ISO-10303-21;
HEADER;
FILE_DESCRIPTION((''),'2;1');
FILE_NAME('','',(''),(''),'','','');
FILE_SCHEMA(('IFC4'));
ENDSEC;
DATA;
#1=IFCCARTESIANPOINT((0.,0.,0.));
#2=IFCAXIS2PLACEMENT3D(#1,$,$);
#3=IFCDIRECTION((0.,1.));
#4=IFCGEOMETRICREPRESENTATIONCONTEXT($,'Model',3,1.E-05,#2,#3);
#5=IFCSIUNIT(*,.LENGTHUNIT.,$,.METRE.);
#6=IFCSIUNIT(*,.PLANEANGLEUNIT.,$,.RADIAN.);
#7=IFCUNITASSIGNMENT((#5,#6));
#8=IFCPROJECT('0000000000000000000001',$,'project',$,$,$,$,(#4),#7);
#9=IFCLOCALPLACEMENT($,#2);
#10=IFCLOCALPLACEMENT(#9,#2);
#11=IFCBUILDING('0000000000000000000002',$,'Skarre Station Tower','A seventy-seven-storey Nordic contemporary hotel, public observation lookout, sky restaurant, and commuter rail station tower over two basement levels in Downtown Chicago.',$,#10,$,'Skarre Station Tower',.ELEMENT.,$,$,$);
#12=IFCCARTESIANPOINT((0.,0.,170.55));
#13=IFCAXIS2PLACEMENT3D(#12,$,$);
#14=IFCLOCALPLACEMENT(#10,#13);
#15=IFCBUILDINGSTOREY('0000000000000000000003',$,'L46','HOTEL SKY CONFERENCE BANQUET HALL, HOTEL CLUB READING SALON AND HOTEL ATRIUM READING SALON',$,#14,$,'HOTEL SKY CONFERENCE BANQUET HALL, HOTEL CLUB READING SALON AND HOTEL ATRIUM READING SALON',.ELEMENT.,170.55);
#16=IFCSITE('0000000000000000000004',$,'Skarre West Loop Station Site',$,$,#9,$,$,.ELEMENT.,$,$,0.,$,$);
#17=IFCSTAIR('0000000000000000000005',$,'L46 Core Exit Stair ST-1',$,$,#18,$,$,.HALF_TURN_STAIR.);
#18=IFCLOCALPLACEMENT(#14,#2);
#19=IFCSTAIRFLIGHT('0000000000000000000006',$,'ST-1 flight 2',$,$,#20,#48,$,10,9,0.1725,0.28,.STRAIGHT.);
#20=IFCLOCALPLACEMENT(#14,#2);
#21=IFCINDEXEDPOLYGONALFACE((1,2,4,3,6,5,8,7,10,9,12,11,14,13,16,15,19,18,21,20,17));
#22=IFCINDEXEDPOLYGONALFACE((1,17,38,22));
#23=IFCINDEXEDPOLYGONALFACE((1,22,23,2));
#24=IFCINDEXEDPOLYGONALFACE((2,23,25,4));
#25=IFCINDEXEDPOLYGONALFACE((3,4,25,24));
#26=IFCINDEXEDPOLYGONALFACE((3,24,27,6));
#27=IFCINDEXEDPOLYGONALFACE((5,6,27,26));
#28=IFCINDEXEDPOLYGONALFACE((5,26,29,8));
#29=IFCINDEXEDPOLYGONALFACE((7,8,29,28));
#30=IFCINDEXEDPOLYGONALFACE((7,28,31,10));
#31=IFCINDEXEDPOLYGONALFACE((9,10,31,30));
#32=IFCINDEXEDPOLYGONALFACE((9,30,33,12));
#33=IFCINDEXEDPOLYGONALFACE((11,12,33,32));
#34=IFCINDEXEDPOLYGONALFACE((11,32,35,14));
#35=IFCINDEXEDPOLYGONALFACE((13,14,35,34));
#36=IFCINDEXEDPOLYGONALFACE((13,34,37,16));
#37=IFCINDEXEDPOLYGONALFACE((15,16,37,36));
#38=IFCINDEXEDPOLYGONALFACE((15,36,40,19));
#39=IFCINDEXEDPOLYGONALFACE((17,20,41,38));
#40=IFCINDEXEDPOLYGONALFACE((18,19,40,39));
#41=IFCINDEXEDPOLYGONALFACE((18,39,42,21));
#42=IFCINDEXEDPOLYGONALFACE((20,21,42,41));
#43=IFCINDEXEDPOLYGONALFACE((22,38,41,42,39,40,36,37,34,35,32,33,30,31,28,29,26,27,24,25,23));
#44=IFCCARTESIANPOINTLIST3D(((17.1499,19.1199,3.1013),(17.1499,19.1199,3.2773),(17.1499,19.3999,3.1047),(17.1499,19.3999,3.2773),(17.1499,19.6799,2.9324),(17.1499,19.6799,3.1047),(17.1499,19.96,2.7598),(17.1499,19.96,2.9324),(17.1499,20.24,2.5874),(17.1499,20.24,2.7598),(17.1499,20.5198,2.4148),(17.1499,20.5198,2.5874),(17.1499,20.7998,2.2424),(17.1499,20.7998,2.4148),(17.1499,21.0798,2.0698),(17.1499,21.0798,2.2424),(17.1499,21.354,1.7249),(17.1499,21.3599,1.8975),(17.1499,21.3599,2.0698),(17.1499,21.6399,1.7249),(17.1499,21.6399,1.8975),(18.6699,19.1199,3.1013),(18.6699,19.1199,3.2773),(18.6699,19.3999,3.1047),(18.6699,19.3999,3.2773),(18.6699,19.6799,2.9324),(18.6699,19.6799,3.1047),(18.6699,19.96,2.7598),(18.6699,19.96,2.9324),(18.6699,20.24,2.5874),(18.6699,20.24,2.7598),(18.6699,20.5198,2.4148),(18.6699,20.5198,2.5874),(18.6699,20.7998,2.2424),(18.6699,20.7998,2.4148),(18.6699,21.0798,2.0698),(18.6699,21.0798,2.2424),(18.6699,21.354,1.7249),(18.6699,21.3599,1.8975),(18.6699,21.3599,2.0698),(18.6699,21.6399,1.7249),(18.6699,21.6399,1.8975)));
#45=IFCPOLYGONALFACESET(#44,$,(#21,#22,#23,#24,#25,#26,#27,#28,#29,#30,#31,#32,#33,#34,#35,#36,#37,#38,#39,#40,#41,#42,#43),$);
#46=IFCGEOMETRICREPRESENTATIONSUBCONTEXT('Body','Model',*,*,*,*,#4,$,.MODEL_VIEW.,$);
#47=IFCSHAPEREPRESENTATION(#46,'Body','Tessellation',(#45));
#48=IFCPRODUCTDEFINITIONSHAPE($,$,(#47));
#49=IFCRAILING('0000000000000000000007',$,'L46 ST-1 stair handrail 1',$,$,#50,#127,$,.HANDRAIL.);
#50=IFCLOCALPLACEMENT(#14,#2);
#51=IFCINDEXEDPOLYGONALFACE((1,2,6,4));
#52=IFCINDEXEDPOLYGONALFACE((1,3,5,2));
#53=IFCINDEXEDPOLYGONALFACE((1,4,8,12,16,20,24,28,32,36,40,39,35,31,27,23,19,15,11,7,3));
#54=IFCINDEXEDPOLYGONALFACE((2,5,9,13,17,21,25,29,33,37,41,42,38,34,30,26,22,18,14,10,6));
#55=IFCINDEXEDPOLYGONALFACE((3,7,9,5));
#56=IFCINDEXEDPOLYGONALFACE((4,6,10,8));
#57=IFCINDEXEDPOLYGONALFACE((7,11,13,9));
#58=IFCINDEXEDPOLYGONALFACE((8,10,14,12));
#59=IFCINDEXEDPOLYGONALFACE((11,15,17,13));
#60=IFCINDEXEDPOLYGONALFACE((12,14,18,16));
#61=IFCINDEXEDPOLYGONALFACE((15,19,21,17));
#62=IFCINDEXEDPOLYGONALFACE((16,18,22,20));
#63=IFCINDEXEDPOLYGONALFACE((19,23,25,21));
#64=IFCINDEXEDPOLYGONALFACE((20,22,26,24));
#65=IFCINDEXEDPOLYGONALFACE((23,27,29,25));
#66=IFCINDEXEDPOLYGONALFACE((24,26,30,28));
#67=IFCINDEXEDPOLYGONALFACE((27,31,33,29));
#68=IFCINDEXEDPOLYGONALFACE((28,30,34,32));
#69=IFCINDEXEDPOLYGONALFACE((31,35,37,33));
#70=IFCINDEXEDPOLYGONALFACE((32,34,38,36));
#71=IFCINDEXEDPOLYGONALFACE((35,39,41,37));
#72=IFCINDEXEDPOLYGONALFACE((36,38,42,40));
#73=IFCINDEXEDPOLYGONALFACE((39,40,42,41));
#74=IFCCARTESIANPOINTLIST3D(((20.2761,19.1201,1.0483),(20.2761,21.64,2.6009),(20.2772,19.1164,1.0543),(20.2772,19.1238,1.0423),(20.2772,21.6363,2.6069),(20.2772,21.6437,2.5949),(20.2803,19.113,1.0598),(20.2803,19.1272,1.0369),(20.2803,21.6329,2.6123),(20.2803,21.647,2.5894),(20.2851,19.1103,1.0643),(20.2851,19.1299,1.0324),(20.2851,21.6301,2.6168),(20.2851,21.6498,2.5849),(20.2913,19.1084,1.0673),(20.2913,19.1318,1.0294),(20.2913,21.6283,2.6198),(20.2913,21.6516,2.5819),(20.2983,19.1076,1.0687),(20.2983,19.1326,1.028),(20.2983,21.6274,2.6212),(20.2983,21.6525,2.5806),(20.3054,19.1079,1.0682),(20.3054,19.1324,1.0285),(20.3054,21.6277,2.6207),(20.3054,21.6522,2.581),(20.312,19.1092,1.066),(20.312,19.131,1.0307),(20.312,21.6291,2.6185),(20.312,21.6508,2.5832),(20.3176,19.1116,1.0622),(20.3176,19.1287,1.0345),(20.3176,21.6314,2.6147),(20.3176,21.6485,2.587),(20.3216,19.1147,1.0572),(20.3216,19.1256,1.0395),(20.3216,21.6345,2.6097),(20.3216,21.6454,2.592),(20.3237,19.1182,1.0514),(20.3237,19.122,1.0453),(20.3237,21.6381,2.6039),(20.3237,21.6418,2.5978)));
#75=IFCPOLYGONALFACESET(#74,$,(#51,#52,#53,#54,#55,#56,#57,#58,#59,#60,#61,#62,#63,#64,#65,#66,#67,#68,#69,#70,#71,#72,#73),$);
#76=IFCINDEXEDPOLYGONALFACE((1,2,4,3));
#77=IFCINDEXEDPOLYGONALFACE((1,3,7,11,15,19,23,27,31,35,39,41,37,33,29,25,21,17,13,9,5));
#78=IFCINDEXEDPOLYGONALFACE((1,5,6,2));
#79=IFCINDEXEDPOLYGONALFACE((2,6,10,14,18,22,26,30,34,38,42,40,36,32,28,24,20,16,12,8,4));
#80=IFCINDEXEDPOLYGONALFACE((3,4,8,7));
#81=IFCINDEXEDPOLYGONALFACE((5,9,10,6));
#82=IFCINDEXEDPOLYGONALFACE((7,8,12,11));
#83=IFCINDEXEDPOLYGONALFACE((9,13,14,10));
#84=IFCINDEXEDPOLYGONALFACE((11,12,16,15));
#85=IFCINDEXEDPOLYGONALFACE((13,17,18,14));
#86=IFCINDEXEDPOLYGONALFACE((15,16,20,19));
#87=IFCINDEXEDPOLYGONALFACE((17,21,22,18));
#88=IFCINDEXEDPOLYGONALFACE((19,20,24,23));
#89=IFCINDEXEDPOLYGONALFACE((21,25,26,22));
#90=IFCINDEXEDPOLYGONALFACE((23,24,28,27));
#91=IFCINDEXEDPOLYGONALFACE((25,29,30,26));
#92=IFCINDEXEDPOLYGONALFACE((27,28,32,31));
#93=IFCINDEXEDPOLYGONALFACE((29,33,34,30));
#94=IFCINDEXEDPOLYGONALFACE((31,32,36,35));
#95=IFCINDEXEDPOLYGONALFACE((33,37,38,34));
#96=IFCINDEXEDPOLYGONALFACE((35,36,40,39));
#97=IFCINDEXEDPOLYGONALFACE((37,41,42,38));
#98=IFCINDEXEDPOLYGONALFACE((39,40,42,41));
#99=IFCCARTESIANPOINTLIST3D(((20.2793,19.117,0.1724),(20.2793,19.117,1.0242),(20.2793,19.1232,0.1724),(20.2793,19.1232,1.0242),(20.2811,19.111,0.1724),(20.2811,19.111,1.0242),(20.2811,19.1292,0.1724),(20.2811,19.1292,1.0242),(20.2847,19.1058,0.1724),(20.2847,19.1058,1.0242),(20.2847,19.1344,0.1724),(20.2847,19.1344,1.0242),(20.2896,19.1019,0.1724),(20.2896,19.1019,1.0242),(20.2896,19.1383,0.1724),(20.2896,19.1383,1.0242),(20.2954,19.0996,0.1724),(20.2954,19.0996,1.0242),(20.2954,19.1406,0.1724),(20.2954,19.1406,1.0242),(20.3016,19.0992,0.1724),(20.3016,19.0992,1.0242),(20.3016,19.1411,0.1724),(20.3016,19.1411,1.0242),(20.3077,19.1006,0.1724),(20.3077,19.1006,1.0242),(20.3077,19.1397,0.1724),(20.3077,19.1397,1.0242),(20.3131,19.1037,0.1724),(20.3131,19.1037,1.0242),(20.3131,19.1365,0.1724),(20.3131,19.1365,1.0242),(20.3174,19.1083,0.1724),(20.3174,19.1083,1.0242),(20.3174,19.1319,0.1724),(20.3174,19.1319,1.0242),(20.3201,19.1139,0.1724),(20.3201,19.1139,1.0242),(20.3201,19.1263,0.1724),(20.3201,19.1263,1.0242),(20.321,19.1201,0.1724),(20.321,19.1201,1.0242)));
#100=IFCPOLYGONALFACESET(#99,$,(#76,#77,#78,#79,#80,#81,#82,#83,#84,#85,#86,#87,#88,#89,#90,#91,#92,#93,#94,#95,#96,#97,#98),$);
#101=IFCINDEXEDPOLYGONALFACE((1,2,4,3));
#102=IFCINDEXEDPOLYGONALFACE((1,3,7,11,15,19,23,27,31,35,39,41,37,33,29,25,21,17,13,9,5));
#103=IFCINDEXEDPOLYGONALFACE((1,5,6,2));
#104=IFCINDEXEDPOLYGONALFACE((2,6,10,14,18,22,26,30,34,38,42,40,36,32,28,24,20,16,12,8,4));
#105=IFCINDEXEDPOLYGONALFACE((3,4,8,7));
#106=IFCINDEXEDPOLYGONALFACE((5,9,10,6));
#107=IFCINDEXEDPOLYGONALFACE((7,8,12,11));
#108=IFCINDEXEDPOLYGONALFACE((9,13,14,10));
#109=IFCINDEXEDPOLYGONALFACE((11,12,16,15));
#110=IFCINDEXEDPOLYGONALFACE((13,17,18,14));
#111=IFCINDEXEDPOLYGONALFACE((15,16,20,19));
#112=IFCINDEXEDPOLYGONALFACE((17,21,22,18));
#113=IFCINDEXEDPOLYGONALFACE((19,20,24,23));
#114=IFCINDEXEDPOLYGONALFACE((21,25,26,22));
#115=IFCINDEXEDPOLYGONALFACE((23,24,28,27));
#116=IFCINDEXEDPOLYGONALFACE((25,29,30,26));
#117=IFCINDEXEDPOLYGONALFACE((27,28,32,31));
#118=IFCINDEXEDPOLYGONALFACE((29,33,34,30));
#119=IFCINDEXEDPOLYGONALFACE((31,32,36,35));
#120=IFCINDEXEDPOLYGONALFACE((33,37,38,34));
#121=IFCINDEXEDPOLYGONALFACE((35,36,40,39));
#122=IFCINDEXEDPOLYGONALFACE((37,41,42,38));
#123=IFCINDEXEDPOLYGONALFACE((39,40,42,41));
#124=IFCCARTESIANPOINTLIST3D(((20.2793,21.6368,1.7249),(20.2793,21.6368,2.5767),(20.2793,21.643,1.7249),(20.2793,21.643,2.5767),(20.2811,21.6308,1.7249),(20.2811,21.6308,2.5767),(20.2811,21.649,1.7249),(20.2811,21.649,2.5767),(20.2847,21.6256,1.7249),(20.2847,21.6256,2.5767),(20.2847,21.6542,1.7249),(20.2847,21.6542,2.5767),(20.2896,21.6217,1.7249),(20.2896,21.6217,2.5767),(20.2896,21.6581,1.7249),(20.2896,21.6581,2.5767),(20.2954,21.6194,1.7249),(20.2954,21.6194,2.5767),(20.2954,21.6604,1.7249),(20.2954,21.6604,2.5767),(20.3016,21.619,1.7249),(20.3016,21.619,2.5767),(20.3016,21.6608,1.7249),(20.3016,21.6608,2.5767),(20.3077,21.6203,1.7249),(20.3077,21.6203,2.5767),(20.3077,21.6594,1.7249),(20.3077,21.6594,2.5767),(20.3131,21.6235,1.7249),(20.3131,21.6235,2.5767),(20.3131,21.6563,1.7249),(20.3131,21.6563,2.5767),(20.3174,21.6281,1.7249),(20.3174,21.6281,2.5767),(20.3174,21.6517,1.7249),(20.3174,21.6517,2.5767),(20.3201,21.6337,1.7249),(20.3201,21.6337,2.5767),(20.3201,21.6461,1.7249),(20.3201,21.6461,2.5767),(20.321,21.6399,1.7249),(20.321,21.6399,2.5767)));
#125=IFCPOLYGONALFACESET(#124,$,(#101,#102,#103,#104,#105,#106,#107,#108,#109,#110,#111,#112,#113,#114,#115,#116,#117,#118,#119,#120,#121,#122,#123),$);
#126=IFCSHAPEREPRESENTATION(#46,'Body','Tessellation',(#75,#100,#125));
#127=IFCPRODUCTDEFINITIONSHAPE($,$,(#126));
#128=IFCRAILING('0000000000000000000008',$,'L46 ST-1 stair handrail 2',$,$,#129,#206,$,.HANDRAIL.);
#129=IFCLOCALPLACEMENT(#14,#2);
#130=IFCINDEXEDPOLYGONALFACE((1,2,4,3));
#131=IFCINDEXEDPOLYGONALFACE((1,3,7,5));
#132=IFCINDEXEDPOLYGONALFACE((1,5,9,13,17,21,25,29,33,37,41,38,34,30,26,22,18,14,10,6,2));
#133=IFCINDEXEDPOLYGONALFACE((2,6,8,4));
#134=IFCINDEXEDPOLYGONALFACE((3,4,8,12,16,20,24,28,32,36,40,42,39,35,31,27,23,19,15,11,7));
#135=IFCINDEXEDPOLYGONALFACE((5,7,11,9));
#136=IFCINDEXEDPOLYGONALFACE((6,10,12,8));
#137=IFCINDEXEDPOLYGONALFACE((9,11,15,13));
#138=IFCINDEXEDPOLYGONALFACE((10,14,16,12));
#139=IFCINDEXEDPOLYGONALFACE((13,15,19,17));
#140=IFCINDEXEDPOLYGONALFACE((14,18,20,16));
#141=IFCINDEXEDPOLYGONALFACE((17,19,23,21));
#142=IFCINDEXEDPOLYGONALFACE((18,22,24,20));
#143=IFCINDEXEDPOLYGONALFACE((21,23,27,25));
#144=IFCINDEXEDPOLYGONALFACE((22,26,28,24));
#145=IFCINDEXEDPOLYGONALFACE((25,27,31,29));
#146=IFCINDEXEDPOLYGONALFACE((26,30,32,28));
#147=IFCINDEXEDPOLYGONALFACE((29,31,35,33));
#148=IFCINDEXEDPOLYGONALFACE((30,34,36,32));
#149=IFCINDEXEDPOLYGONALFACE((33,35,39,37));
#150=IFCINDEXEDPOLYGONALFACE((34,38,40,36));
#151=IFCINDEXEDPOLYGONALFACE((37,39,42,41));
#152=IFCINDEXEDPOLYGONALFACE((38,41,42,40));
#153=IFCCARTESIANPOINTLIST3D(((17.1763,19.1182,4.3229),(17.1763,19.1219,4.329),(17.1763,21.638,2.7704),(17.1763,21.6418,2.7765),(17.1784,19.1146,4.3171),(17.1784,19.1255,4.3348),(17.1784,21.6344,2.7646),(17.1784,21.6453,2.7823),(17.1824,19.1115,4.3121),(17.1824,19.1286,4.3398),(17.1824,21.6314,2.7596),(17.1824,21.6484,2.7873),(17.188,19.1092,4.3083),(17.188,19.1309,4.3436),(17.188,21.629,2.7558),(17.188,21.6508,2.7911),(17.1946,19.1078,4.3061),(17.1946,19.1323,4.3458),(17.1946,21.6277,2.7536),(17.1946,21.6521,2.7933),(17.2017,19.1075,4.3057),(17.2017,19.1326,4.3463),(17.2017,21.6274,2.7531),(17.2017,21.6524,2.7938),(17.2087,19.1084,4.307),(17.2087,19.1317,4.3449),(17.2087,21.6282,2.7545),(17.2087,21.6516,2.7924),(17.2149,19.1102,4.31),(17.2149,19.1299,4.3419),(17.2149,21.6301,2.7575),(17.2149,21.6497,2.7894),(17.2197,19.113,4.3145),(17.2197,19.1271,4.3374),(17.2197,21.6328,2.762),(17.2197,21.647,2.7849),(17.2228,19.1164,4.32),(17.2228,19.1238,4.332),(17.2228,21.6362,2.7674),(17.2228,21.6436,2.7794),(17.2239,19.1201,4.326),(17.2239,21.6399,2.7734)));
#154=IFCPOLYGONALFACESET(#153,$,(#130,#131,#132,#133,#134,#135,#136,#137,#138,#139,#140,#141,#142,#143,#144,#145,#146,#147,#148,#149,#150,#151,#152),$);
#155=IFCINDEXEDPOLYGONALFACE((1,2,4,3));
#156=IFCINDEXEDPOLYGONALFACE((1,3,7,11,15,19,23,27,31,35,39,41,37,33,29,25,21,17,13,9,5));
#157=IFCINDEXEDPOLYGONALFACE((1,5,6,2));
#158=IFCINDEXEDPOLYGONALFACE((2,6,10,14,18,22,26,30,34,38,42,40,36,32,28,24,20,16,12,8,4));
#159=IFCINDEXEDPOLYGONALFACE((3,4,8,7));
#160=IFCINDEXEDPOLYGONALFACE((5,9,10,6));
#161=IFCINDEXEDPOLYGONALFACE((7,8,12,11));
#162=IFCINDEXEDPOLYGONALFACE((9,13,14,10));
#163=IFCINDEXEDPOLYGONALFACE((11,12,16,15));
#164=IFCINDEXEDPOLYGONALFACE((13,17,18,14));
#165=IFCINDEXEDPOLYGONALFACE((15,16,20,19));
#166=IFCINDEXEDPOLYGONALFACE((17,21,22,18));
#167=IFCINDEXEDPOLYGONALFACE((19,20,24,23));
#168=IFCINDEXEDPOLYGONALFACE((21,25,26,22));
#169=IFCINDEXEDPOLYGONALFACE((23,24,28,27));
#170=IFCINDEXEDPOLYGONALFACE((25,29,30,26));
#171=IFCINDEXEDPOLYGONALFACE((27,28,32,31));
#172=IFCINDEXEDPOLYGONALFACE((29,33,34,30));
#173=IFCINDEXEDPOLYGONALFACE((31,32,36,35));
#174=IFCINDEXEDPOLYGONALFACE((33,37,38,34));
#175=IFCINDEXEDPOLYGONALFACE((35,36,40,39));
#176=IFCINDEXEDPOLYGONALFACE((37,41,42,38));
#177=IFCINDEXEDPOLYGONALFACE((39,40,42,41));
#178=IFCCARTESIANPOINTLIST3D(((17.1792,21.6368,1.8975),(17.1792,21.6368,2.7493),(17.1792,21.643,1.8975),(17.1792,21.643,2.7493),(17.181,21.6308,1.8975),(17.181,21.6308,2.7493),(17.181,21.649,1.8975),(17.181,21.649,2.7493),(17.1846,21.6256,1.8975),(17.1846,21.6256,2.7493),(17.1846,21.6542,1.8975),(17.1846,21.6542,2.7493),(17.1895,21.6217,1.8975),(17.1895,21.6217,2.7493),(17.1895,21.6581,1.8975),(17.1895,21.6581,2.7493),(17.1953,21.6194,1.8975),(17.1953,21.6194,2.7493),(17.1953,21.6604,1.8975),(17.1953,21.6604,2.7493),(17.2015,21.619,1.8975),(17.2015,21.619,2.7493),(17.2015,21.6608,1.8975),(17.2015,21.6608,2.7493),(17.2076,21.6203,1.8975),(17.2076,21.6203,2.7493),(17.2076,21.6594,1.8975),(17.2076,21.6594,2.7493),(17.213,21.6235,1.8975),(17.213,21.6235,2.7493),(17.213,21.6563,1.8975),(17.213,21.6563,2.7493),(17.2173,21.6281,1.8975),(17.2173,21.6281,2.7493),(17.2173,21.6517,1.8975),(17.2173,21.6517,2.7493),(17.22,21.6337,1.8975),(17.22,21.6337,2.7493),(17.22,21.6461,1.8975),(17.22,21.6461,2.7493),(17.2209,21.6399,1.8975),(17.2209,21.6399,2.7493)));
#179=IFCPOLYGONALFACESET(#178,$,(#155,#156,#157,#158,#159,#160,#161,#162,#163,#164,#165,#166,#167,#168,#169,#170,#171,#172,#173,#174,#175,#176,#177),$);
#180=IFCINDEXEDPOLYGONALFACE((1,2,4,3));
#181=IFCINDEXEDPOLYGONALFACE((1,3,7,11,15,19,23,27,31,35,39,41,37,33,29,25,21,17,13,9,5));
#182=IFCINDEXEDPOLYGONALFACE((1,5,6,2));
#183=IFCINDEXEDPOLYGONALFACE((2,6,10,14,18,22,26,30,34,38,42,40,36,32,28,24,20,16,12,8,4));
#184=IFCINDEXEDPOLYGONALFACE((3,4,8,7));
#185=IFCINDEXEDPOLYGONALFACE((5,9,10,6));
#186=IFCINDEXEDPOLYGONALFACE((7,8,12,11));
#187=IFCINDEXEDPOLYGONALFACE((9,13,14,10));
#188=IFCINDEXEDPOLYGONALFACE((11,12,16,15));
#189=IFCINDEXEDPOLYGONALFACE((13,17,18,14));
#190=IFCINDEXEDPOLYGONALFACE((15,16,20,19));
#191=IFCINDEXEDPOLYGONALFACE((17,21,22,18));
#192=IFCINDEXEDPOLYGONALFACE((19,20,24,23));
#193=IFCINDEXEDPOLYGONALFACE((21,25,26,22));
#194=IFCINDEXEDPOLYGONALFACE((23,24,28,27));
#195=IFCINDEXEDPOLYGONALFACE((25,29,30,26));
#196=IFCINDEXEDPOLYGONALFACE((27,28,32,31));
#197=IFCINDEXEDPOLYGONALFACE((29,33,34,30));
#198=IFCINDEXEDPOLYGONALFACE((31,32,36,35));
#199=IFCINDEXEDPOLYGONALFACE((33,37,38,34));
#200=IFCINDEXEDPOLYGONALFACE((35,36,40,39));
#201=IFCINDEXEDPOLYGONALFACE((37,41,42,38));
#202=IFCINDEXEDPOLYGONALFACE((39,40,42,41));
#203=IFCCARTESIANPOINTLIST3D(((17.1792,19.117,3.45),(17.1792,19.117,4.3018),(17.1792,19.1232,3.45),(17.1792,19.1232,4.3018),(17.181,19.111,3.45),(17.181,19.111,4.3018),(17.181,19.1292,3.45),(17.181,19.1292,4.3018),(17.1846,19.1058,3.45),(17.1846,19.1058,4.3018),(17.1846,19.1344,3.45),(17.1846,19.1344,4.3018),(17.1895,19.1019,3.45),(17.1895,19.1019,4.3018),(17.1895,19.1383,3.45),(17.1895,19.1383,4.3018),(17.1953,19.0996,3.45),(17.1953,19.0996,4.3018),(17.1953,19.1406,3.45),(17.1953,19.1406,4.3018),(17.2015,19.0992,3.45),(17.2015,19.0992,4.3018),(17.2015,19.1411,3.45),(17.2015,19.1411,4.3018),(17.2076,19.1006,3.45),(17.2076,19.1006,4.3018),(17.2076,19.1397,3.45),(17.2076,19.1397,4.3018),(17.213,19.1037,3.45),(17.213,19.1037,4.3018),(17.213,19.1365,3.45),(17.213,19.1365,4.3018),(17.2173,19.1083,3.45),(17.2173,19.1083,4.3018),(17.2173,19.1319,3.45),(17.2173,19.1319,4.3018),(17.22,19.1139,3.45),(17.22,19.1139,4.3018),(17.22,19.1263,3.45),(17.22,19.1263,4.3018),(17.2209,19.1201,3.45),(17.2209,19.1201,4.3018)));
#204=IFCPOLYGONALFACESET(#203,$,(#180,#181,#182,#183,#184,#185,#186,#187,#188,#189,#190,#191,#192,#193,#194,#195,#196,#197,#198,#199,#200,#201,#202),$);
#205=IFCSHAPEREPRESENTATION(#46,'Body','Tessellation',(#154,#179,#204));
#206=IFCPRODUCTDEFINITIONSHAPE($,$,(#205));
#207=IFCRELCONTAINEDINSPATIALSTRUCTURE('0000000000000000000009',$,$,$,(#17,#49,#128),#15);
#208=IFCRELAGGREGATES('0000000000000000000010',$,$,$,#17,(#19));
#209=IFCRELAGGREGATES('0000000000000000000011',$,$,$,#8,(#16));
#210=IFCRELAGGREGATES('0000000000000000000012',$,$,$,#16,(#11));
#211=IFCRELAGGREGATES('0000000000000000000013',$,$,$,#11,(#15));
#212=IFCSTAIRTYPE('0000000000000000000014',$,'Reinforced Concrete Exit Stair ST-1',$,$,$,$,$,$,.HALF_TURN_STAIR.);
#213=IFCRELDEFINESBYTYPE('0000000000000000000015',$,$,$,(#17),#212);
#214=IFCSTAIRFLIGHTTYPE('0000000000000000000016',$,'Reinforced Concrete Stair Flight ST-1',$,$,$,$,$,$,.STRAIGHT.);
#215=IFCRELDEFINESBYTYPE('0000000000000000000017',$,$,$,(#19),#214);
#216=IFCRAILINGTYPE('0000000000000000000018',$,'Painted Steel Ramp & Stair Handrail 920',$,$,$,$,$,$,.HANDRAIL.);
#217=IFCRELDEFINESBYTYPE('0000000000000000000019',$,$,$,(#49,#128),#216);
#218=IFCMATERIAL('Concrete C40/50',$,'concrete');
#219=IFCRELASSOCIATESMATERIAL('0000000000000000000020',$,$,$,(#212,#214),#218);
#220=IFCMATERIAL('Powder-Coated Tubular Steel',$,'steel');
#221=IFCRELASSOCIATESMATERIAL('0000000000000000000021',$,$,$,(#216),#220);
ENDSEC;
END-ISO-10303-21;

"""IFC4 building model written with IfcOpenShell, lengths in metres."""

from ifc_helpers import new_model, si_unit, direction, frame, origin, origin_2d, place, context, subcontext, project, spatial, polyline, circle, outline, extrude, material, type_object, element, aggregate, save


model = new_model("IFC4")

# Units and contexts
model_context = context("Model", 3, precision=1e-05, world=origin(), true_north=direction((0.0, 1.0)))
body_context = subcontext(model_context, "Body", "Model", "MODEL_VIEW")
ifc_project = project(units=[si_unit("LENGTHUNIT", "METRE"), si_unit("PLANEANGLEUNIT", "RADIAN")], contexts=[model_context])

# Site, building, storey
site_placement = place(None, origin())
site = spatial("IfcSite", under=ifc_project, at=site_placement, Name="Skarre West Loop Station Site", CompositionType="ELEMENT", RefElevation=0.0)
building_placement = place(site_placement, origin())
building = spatial("IfcBuilding", under=site, at=building_placement, Name="Skarre Station Tower", Description="A seventy-seven-storey Nordic contemporary hotel, public observation lookout, sky restaurant, and commuter rail station tower over two basement levels in Downtown Chicago.", LongName="Skarre Station Tower", CompositionType="ELEMENT")
storey_placement = place(building_placement, frame((0.0, 0.0, 170.55)))
storey = spatial("IfcBuildingStorey", under=building, at=storey_placement, Name="L46", Description="HOTEL SKY CONFERENCE BANQUET HALL, HOTEL CLUB READING SALON AND HOTEL ATRIUM READING SALON", LongName="HOTEL SKY CONFERENCE BANQUET HALL, HOTEL CLUB READING SALON AND HOTEL ATRIUM READING SALON", CompositionType="ELEMENT", Elevation=170.55)

# Stair, stair flight
ifc_material_1 = material(Name="Concrete C40/50", Category="concrete")
stair_type = type_object("IfcStairType", Name="Reinforced Concrete Exit Stair ST-1", PredefinedType="HALF_TURN_STAIR", material=ifc_material_1)
stair_placement = place(storey_placement, origin())
stair = element("IfcStair", 1, at=stair_placement, inside=storey, type_object=stair_type, Name="L46 Core Exit Stair ST-1", PredefinedType="HALF_TURN_STAIR")
stair_flight_type = type_object("IfcStairFlightType", Name="Reinforced Concrete Stair Flight ST-1", PredefinedType="STRAIGHT", material=ifc_material_1)
stair_flight_placement = place(storey_placement, frame((17.9099, 21.6399, 1.7249), z_axis=(0.0, 0.0, 1.0), x_axis=(0.0, -1.0, 0.0)))
stair_flight = element("IfcStairFlight", 2, at=stair_flight_placement, type_object=stair_flight_type, Name="ST-1 flight 2", NumberOfRisers=10, NumberOfTreads=9, PredefinedType="STRAIGHT", RiserHeight=0.1725, TreadLength=0.28, context=body_context, shape_type="SweptSolid", body=[
    extrude(outline(polyline([(0.0, 0.0), (0.0, 0.1726), (0.28, 0.1726), (0.28, 0.345), (0.5601, 0.345), (0.5601, 0.5176), (0.8401, 0.5176), (0.8401, 0.6899), (1.1201, 0.6899), (1.1201, 0.8625), (1.3999, 0.8625), (1.3999, 1.0349), (1.6799, 1.0349), (1.6799, 1.2075), (1.96, 1.2075), (1.96, 1.3799), (2.24, 1.3799), (2.24, 1.5525), (2.52, 1.5525), (2.52, 1.7251), (2.52, 1.3765), (0.2859, 0.0), (0.0, 0.0)])), frame((0.0, 0.76, 0.0), z_axis=(0.0, -1.0, 0.0), x_axis=(1.0, 0.0, 0.0)), (0.0, 0.0, 1.0), 1.52),
])
aggregate(stair, [stair_flight])

# Railings
ifc_material_2 = material(Name="Powder-Coated Tubular Steel", Category="steel")
railing_type_1 = type_object("IfcRailingType", Name="Painted Steel Ramp & Stair Handrail 920", PredefinedType="HANDRAIL", material=ifc_material_2)
railing_1_placement = place(storey_placement, frame((20.3, 19.1201, 0.1724)))
element("IfcRailing", 3, at=railing_1_placement, inside=storey, type_object=railing_type_1, Name="L46 ST-1 stair handrail 1", PredefinedType="HANDRAIL", context=body_context, shape_type="SweptSolid", body=[
    extrude(circle(Radius=0.0239, at=origin_2d()), frame((0.0, 0.0, 0.876), z_axis=(0.0, 0.851378, 0.524553), x_axis=(-1.0, 0.0, 0.0)), (0.0, 0.0, 1.0), 2.9597),
    extrude(circle(Radius=0.021, at=origin_2d()), origin(), (0.0, 0.0, 1.0), 0.8518),
    extrude(circle(Radius=0.021, at=origin_2d()), frame((0.0, 2.5198, 1.5525)), (0.0, 0.0, 1.0), 0.8518),
])
railing_2_placement = place(storey_placement, frame((17.2, 21.6399, 1.8975)))
element("IfcRailing", 4, at=railing_2_placement, inside=storey, type_object=railing_type_1, Name="L46 ST-1 stair handrail 2", PredefinedType="HANDRAIL", context=body_context, shape_type="SweptSolid", body=[
    extrude(circle(Radius=0.0239, at=origin_2d()), frame((0.0, 0.0, 0.876), z_axis=(0.0, -0.851378, 0.524553), x_axis=(1.0, 0.0, 0.0)), (0.0, 0.0, 1.0), 2.9597),
    extrude(circle(Radius=0.021, at=origin_2d()), origin(), (0.0, 0.0, 1.0), 0.8518),
    extrude(circle(Radius=0.021, at=origin_2d()), frame((0.0, -2.5198, 1.5525)), (0.0, 0.0, 1.0), 0.8518),
])

save(model, "model.ifc")
